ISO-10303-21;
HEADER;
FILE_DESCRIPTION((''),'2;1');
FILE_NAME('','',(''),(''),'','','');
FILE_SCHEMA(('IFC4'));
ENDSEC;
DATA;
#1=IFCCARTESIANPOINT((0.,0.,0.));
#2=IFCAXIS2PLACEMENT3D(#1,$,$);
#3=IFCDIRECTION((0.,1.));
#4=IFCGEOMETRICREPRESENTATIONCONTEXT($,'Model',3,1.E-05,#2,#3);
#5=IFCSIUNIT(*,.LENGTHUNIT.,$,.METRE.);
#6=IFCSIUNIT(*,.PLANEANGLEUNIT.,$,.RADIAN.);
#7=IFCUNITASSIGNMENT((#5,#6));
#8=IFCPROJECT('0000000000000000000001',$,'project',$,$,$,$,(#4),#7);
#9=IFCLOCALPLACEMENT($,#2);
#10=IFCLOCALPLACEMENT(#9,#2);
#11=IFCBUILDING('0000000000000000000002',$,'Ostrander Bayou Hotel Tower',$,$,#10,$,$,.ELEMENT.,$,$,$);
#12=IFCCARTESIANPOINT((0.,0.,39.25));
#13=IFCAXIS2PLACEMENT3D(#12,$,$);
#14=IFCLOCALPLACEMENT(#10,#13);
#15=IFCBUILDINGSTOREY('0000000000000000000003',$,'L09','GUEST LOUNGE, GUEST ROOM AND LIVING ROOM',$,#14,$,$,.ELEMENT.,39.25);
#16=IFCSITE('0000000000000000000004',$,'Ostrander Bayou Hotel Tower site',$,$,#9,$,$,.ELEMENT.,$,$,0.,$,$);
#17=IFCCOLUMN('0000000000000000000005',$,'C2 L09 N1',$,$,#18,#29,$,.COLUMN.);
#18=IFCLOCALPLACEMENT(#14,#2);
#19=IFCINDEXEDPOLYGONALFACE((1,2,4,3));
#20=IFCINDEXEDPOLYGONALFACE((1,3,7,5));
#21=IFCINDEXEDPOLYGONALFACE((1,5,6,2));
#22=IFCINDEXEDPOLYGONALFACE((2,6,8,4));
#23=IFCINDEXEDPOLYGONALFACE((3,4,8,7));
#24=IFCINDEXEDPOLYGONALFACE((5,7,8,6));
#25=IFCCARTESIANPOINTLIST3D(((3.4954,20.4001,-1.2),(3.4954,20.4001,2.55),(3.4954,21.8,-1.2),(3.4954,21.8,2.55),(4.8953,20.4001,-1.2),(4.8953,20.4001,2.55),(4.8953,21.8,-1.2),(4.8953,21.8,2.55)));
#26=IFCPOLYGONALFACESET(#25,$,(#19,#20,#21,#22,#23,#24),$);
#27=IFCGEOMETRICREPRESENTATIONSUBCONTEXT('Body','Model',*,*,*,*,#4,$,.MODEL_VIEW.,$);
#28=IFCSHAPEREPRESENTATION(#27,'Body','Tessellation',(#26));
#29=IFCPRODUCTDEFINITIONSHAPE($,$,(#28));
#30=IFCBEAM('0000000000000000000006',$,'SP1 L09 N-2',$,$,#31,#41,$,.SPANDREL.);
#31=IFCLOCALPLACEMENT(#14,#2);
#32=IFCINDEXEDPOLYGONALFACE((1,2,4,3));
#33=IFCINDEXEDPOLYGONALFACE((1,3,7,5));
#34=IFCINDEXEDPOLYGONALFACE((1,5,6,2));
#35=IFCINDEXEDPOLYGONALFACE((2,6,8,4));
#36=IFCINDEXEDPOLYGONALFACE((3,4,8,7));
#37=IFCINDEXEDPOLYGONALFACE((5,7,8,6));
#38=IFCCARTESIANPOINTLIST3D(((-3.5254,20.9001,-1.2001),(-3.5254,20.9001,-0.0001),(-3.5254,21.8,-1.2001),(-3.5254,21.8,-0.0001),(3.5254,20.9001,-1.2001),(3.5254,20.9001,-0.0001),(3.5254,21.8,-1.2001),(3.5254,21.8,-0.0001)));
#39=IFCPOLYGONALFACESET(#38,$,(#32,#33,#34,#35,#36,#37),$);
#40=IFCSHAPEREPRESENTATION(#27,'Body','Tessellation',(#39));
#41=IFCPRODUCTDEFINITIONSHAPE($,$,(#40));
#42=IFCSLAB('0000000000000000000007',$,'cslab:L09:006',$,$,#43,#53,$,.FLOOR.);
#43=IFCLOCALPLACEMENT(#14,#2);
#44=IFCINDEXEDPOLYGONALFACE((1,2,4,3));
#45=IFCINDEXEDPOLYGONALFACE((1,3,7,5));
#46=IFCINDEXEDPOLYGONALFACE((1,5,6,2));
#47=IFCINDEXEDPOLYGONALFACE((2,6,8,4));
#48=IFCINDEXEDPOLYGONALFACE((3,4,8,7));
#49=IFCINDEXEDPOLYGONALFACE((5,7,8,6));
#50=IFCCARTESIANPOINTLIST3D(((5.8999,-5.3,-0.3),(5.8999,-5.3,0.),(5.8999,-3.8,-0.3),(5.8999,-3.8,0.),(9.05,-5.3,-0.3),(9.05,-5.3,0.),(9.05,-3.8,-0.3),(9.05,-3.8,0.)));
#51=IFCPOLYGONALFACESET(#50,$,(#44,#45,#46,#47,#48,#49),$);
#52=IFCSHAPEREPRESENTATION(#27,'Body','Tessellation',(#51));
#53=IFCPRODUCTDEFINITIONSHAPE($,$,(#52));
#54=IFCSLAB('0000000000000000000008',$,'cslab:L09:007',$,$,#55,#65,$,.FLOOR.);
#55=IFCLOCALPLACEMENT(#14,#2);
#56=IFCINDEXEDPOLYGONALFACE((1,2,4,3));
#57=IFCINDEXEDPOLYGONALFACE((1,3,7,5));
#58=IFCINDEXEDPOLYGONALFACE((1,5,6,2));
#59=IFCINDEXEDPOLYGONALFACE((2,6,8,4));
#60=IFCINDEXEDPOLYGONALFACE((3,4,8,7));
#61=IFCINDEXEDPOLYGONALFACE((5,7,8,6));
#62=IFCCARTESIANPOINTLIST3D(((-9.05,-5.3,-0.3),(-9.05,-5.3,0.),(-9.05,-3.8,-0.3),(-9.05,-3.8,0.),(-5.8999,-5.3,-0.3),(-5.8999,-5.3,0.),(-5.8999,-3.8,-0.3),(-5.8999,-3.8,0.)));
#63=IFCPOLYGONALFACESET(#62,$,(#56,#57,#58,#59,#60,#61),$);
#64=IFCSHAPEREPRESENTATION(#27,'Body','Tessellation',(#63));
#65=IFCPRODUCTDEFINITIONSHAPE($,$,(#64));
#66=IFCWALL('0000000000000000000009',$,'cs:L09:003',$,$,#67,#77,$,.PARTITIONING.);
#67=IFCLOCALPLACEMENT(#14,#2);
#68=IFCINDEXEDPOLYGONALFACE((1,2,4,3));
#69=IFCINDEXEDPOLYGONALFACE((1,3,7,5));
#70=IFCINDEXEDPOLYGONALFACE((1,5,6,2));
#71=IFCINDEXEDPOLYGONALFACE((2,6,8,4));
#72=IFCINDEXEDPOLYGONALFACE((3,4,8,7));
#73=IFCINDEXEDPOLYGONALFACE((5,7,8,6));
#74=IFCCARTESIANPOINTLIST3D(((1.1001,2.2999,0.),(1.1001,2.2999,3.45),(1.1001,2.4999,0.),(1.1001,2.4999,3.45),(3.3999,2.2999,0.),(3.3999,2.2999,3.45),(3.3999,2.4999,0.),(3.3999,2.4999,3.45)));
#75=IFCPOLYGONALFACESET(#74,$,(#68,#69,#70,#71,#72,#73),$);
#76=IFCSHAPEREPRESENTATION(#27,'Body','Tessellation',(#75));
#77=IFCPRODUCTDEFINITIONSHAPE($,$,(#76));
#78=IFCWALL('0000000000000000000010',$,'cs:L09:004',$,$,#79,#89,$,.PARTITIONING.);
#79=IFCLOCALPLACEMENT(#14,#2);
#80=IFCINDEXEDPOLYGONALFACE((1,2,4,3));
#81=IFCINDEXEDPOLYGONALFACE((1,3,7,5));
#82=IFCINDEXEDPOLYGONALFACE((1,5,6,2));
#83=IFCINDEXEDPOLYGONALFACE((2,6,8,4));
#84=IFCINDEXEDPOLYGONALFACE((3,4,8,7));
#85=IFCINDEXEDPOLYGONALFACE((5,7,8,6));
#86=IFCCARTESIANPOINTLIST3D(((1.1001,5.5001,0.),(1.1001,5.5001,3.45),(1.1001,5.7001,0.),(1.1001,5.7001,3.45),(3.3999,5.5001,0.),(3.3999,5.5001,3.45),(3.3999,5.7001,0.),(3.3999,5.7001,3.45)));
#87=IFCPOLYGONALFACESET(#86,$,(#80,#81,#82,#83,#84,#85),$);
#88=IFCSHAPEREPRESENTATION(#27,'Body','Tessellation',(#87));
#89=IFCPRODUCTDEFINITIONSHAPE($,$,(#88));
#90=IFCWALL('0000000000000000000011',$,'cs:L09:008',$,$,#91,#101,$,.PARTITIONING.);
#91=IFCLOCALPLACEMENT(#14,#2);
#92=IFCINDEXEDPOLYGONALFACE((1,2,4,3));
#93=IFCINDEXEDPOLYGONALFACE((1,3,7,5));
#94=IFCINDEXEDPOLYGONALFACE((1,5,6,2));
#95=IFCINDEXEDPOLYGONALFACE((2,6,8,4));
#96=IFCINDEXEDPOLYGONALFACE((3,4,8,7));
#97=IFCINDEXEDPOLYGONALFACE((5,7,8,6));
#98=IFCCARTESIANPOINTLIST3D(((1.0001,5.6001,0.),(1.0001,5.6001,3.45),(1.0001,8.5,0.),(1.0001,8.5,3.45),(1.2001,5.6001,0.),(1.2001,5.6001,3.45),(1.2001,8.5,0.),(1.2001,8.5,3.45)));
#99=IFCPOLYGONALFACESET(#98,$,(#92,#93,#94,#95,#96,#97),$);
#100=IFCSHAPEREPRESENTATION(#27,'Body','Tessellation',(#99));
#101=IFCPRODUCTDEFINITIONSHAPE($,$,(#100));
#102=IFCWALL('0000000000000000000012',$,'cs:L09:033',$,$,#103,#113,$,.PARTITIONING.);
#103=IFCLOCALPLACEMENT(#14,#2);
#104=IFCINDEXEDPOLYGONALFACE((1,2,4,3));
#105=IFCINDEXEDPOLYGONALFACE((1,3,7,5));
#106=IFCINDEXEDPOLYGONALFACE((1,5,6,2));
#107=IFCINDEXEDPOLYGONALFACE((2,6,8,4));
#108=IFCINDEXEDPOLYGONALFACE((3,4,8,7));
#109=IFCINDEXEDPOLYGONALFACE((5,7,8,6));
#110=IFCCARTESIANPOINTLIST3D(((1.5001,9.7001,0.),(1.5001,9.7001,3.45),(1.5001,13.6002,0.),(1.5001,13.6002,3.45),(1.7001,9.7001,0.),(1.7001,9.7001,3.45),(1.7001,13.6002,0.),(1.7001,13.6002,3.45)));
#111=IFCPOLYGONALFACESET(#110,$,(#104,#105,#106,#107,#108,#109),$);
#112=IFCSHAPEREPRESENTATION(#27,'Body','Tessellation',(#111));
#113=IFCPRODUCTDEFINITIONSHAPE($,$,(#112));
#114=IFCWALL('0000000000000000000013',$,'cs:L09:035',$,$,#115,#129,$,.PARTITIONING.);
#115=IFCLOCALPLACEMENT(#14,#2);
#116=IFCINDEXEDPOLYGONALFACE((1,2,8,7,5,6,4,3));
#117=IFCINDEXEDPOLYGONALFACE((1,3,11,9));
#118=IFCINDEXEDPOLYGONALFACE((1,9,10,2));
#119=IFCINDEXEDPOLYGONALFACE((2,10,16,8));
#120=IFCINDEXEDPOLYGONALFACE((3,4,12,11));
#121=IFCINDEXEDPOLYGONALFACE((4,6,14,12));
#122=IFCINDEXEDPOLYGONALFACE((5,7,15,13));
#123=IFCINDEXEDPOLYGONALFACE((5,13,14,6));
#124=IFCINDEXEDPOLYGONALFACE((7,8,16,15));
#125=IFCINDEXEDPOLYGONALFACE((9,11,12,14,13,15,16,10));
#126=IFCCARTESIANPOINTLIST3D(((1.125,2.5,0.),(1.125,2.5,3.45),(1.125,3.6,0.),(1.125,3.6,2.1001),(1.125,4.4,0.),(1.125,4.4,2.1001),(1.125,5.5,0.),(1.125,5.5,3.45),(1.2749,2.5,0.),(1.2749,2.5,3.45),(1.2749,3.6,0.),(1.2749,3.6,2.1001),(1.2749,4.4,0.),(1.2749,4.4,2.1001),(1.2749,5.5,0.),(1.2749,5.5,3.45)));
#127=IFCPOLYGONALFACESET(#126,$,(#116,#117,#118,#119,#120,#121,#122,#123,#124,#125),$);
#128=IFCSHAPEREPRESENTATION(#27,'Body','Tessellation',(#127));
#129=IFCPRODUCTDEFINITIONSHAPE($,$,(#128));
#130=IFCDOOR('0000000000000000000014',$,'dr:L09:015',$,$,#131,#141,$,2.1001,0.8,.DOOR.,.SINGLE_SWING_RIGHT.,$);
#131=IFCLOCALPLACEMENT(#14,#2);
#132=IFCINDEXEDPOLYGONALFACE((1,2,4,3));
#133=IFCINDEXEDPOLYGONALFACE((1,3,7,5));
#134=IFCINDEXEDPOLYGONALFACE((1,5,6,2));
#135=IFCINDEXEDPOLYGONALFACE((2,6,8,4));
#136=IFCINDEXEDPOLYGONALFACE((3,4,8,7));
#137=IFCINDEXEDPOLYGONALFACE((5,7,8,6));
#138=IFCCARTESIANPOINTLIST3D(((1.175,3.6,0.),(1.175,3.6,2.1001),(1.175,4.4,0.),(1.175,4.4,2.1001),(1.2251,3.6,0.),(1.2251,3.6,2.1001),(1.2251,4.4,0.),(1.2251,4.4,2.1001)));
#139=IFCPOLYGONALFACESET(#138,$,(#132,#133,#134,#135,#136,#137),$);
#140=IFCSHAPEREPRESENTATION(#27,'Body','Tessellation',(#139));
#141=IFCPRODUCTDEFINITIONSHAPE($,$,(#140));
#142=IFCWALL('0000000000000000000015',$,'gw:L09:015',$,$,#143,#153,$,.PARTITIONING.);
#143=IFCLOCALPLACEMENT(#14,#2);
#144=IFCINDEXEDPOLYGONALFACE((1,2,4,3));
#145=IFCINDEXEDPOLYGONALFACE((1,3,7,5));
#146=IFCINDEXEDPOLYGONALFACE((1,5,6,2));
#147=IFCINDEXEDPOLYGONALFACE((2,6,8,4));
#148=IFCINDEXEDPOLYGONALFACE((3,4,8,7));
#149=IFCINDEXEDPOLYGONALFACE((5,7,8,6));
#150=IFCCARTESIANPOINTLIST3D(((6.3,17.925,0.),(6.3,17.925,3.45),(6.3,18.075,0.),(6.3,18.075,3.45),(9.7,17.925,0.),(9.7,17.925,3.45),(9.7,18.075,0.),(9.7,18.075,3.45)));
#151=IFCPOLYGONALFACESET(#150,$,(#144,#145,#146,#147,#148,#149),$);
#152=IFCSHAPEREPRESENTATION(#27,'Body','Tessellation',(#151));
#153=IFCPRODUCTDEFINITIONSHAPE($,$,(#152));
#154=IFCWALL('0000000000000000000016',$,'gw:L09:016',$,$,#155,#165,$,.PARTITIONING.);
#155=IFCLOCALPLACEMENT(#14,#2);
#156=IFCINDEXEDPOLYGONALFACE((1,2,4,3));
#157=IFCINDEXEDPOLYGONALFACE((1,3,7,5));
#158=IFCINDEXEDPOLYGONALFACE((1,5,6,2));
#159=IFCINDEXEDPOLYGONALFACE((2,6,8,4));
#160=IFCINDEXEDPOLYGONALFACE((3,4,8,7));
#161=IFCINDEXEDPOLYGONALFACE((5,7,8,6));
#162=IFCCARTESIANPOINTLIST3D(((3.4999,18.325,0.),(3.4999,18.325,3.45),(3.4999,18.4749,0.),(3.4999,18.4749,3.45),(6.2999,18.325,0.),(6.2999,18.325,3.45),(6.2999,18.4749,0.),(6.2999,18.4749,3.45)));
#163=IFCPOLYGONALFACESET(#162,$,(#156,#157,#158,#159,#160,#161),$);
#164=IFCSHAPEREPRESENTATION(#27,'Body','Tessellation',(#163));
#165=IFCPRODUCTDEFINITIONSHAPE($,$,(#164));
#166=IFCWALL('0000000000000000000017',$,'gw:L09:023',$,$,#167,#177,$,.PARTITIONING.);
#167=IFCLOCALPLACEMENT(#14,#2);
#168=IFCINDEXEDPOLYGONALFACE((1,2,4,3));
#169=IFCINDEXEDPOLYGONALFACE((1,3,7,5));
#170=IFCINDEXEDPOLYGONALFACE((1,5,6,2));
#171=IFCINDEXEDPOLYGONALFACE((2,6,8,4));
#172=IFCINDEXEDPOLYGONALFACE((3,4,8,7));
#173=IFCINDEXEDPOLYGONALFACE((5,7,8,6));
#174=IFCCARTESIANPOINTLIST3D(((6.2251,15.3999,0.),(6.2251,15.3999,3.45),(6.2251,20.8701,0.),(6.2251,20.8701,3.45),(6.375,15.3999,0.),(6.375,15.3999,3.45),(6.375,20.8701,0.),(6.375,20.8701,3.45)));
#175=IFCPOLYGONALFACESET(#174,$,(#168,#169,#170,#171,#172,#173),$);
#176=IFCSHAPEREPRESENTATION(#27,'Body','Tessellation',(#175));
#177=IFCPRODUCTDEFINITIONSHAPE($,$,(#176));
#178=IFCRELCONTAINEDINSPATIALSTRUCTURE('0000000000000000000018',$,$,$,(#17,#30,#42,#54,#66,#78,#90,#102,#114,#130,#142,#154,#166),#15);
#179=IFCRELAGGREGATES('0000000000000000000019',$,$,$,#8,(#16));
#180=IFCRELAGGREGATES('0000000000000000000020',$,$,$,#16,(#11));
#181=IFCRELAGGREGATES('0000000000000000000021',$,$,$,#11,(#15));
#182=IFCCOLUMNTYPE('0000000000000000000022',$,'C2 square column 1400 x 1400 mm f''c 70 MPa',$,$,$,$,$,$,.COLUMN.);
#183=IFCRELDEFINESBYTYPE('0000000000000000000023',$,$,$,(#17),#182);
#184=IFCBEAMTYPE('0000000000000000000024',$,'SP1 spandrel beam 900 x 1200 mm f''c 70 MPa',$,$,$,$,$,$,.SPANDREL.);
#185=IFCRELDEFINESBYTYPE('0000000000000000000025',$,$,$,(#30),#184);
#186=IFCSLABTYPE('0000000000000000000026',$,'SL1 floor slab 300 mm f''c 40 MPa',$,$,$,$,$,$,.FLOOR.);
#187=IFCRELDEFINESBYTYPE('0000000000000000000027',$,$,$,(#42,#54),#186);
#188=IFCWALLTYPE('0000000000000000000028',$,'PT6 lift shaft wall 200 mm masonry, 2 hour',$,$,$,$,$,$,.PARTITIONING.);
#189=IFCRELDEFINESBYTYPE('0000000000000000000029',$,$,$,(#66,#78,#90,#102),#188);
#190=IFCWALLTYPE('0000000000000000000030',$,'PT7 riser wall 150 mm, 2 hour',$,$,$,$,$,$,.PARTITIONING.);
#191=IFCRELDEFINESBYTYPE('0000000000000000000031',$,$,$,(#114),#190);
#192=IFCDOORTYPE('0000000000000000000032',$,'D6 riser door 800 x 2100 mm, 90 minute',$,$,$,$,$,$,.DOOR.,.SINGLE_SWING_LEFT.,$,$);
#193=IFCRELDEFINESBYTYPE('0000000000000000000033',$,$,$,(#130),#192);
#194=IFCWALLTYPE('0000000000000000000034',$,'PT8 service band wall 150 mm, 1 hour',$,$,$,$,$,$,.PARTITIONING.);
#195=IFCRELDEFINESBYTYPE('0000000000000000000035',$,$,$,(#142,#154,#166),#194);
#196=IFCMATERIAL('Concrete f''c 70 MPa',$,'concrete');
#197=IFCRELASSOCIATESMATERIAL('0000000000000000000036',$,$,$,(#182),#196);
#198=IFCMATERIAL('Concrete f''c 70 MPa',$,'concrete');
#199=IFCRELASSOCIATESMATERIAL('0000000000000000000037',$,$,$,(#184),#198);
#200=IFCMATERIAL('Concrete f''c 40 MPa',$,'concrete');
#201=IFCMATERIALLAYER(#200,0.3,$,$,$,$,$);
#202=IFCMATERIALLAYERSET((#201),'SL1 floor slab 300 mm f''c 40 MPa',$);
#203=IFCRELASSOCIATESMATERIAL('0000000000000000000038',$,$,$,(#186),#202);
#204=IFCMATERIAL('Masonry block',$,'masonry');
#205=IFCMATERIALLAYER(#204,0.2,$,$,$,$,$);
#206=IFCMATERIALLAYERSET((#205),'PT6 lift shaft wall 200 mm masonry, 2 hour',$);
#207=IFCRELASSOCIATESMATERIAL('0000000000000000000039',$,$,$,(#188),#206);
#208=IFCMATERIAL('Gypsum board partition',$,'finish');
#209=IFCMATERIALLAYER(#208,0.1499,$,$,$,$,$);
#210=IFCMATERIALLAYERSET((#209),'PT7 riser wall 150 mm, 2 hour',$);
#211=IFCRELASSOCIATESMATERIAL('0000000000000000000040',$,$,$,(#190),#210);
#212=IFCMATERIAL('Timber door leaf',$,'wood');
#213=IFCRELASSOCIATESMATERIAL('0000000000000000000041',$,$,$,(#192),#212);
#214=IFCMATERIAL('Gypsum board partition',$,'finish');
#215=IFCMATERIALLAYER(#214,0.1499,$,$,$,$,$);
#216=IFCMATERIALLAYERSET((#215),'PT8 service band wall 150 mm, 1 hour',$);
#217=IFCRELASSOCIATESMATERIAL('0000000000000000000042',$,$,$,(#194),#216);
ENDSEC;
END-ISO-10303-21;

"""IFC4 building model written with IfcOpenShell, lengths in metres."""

from ifc_helpers import new_model, si_unit, direction, frame, frame_2d, origin, origin_2d, place, context, subcontext, project, spatial, polyline, rectangle, outline, extrude, material, layer, layer_set, material_profile, profile_set, type_object, element, fill, save


model = new_model("IFC4")

# Units and contexts
model_context = context("Model", 3, precision=1e-05, world=origin(), true_north=direction((0.0, 1.0)))
body_context = subcontext(model_context, "Body", "Model", "MODEL_VIEW")
ifc_project = project(units=[si_unit("LENGTHUNIT", "METRE"), si_unit("PLANEANGLEUNIT", "RADIAN")], contexts=[model_context])

# Site, building, storey
site_placement = place(None, origin())
site = spatial("IfcSite", under=ifc_project, at=site_placement, Name="Ostrander Bayou Hotel Tower site", CompositionType="ELEMENT", RefElevation=0.0)
building_placement = place(site_placement, origin())
building = spatial("IfcBuilding", under=site, at=building_placement, Name="Ostrander Bayou Hotel Tower", CompositionType="ELEMENT")
storey_placement = place(building_placement, frame((0.0, 0.0, 39.25)))
storey = spatial("IfcBuildingStorey", under=building, at=storey_placement, Name="L09", Description="GUEST LOUNGE, GUEST ROOM AND LIVING ROOM", CompositionType="ELEMENT", Elevation=39.25)

# Column
ifc_material_1 = material(Name="Concrete f'c 70 MPa", Category="concrete")
ifc_material_profile_1 = material_profile(ifc_material_1, rectangle(XDim=1.3999, YDim=1.3999, at=origin_2d()))
ifc_profile_set_1 = profile_set([ifc_material_profile_1], Name="Concrete f'c 70 MPa")
column_type = type_object("IfcColumnType", Name="C2 square column 1400 x 1400 mm f'c 70 MPa", PredefinedType="COLUMN", material=ifc_profile_set_1)
column_placement = place(storey_placement, frame((4.1953, 21.1001, -1.2), z_axis=(0.0, 0.0, 1.0), x_axis=(1.0, 0.0, 0.0)))
element("IfcColumn", 1, at=column_placement, inside=storey, type_object=column_type, Name="C2 L09 N1", PredefinedType="COLUMN", context=body_context, shape_type="SweptSolid", body=[
    extrude(rectangle(XDim=1.3999, YDim=1.3999, at=origin_2d()), origin(), (0.0, 0.0, 1.0), 3.75),
])

# Beam
ifc_material_2 = material(Name="Concrete f'c 70 MPa", Category="concrete")
ifc_material_profile_2 = material_profile(ifc_material_2, rectangle(XDim=0.8999, YDim=1.2, at=origin_2d()))
ifc_profile_set_2 = profile_set([ifc_material_profile_2], Name="Concrete f'c 70 MPa")
beam_type = type_object("IfcBeamType", Name="SP1 spandrel beam 900 x 1200 mm f'c 70 MPa", PredefinedType="SPANDREL", material=ifc_profile_set_2)
beam_placement = place(storey_placement, frame((3.5254, 21.3501, -0.6001), z_axis=(-1.0, 0.0, 0.0), x_axis=(0.0, -1.0, 0.0)))
element("IfcBeam", 2, at=beam_placement, inside=storey, type_object=beam_type, Name="SP1 L09 N-2", PredefinedType="SPANDREL", context=body_context, shape_type="SweptSolid", body=[
    extrude(rectangle(XDim=0.8999, YDim=1.2, at=origin_2d()), origin(), (0.0, 0.0, 1.0), 7.0508),
])

# Slabs
ifc_material_3 = material(Name="Concrete f'c 40 MPa", Category="concrete")
ifc_layer_1 = layer(ifc_material_3, 0.3)
ifc_layer_set_1 = layer_set([ifc_layer_1], Name="SL1 floor slab 300 mm f'c 40 MPa")
slab_type = type_object("IfcSlabType", Name="SL1 floor slab 300 mm f'c 40 MPa", PredefinedType="FLOOR", material=ifc_layer_set_1)
slab_1_placement = place(storey_placement, frame((0.0, 0.0, -0.3)))
element("IfcSlab", 3, at=slab_1_placement, inside=storey, type_object=slab_type, Name="cslab:L09:006", PredefinedType="FLOOR", context=body_context, shape_type="SweptSolid", body=[
    extrude(outline(polyline([(9.05, -5.3), (9.05, -3.8), (5.8999, -3.8), (5.8999, -5.3), (9.05, -5.3)])), origin(), (0.0, 0.0, 1.0), 0.3),
])
slab_2_placement = place(storey_placement, frame((0.0, 0.0, -0.3)))
element("IfcSlab", 4, at=slab_2_placement, inside=storey, type_object=slab_type, Name="cslab:L09:007", PredefinedType="FLOOR", context=body_context, shape_type="SweptSolid", body=[
    extrude(outline(polyline([(-5.8999, -5.3), (-5.8999, -3.8), (-9.05, -3.8), (-9.05, -5.3), (-5.8999, -5.3)])), origin(), (0.0, 0.0, 1.0), 0.3),
])

# Walls
ifc_material_4 = material(Name="Masonry block", Category="masonry")
ifc_layer_2 = layer(ifc_material_4, 0.2)
ifc_layer_set_2 = layer_set([ifc_layer_2], Name="PT6 lift shaft wall 200 mm masonry, 2 hour")
wall_type_1 = type_object("IfcWallType", Name="PT6 lift shaft wall 200 mm masonry, 2 hour", PredefinedType="PARTITIONING", material=ifc_layer_set_2)
for number, where, z_axis, x_axis, name in (
    (5, (1.1001, 2.3999, 0.0), (0.0, 0.0, 1.0), (1.0, 0.0, 0.0), "cs:L09:003"),
    (6, (1.1001, 5.6001, 0.0), (0.0, 0.0, 1.0), (1.0, 0.0, 0.0), "cs:L09:004"),
):
    element("IfcWall", number, at=place(storey_placement, frame(where, z_axis=z_axis, x_axis=x_axis)), inside=storey, type_object=wall_type_1, Name=name, PredefinedType="PARTITIONING", context=body_context, shape_type="SweptSolid", body=[
        extrude(rectangle(XDim=2.2998, YDim=0.2, at=frame_2d((1.1499, 0.0))), origin(), (0.0, 0.0, 1.0), 3.45),
    ])
wall_1_placement = place(storey_placement, frame((1.1001, 5.6001, 0.0), z_axis=(0.0, 0.0, 1.0), x_axis=(0.0, 1.0, 0.0)))
element("IfcWall", 7, at=wall_1_placement, inside=storey, type_object=wall_type_1, Name="cs:L09:008", PredefinedType="PARTITIONING", context=body_context, shape_type="SweptSolid", body=[
    extrude(rectangle(XDim=2.8999, YDim=0.2, at=frame_2d((1.45, 0.0))), origin(), (0.0, 0.0, 1.0), 3.45),
])
wall_2_placement = place(storey_placement, frame((1.6001, 9.7, 0.0), z_axis=(0.0, 0.0, 1.0), x_axis=(0.0, 1.0, 0.0)))
element("IfcWall", 8, at=wall_2_placement, inside=storey, type_object=wall_type_1, Name="cs:L09:033", PredefinedType="PARTITIONING", context=body_context, shape_type="SweptSolid", body=[
    extrude(rectangle(XDim=3.9001, YDim=0.2, at=frame_2d((1.9502, 0.0))), origin(), (0.0, 0.0, 1.0), 3.45),
])

# Wall, opening, door
ifc_material_5 = material(Name="Gypsum board partition", Category="finish")
ifc_layer_3 = layer(ifc_material_5, 0.1499)
ifc_layer_set_3 = layer_set([ifc_layer_3], Name="PT7 riser wall 150 mm, 2 hour")
wall_type_2 = type_object("IfcWallType", Name="PT7 riser wall 150 mm, 2 hour", PredefinedType="PARTITIONING", material=ifc_layer_set_3)
wall_3_placement = place(storey_placement, frame((1.2, 2.5, 0.0), z_axis=(0.0, 0.0, 1.0), x_axis=(0.0, 1.0, 0.0)))
wall_3 = element("IfcWall", 9, at=wall_3_placement, inside=storey, type_object=wall_type_2, Name="cs:L09:035", PredefinedType="PARTITIONING", context=body_context, shape_type="SweptSolid", body=[
    extrude(rectangle(XDim=3.0, YDim=0.1499, at=frame_2d((1.5, 0.0))), origin(), (0.0, 0.0, 1.0), 3.45),
])
opening_1_placement = place(wall_3_placement, frame((1.1001, 0.0, 0.0)))
opening_1 = element("IfcOpeningElement", 10, at=opening_1_placement, cuts=wall_3, PredefinedType="OPENING", context=body_context, shape_type="SweptSolid", body=[
    extrude(rectangle(XDim=0.8, YDim=2.1001, at=frame_2d((0.3999, 1.05))), frame((0.0, 0.075, 0.0), z_axis=(0.0, -1.0, 0.0), x_axis=(1.0, 0.0, 0.0)), (0.0, 0.0, 1.0), 0.1499),
])
ifc_material_6 = material(Name="Timber door leaf", Category="wood")
door_type_1 = type_object("IfcDoorType", Name="D6 riser door 800 x 2100 mm, 90 minute", OperationType="SINGLE_SWING_LEFT", PredefinedType="DOOR", material=ifc_material_6)
door_1_placement = place(opening_1_placement, origin())
door_1 = element("IfcDoor", 11, at=door_1_placement, inside=storey, type_object=door_type_1, Name="dr:L09:015", OperationType="SINGLE_SWING_RIGHT", OverallHeight=2.1001, OverallWidth=0.8, PredefinedType="DOOR", context=body_context, shape_type="SweptSolid", body=[
    extrude(rectangle(XDim=0.8, YDim=2.1001, at=frame_2d((0.3999, 1.05))), frame((0.0, 0.0249, 0.0), z_axis=(0.0, -1.0, 0.0), x_axis=(1.0, 0.0, 0.0)), (0.0, 0.0, 1.0), 0.05),
])
fill(opening_1, door_1)

# Walls
ifc_material_7 = material(Name="Gypsum board partition", Category="finish")
ifc_layer_4 = layer(ifc_material_7, 0.1499)
ifc_layer_set_4 = layer_set([ifc_layer_4], Name="PT8 service band wall 150 mm, 1 hour")
wall_type_3 = type_object("IfcWallType", Name="PT8 service band wall 150 mm, 1 hour", PredefinedType="PARTITIONING", material=ifc_layer_set_4)
wall_4_placement = place(storey_placement, frame((6.3, 18.0, 0.0), z_axis=(0.0, 0.0, 1.0), x_axis=(1.0, 0.0, 0.0)))
element("IfcWall", 12, at=wall_4_placement, inside=storey, type_object=wall_type_3, Name="gw:L09:015", PredefinedType="PARTITIONING", context=body_context, shape_type="SweptSolid", body=[
    extrude(rectangle(XDim=3.3999, YDim=0.1499, at=frame_2d((1.7, 0.0))), origin(), (0.0, 0.0, 1.0), 3.45),
])
wall_5_placement = place(storey_placement, frame((3.5, 18.3999, 0.0), z_axis=(0.0, 0.0, 1.0), x_axis=(1.0, 0.0, 0.0)))
element("IfcWall", 13, at=wall_5_placement, inside=storey, type_object=wall_type_3, Name="gw:L09:016", PredefinedType="PARTITIONING", context=body_context, shape_type="SweptSolid", body=[
    extrude(rectangle(XDim=2.8, YDim=0.1499, at=frame_2d((1.3999, 0.0))), origin(), (0.0, 0.0, 1.0), 3.45),
])
wall_6_placement = place(storey_placement, frame((6.3, 15.3999, 0.0), z_axis=(0.0, 0.0, 1.0), x_axis=(0.0, 1.0, 0.0)))
element("IfcWall", 14, at=wall_6_placement, inside=storey, type_object=wall_type_3, Name="gw:L09:023", PredefinedType="PARTITIONING", context=body_context, shape_type="SweptSolid", body=[
    extrude(rectangle(XDim=5.4702, YDim=0.1499, at=frame_2d((2.7351, 0.0))), origin(), (0.0, 0.0, 1.0), 3.45),
])

save(model, "model.ifc")
